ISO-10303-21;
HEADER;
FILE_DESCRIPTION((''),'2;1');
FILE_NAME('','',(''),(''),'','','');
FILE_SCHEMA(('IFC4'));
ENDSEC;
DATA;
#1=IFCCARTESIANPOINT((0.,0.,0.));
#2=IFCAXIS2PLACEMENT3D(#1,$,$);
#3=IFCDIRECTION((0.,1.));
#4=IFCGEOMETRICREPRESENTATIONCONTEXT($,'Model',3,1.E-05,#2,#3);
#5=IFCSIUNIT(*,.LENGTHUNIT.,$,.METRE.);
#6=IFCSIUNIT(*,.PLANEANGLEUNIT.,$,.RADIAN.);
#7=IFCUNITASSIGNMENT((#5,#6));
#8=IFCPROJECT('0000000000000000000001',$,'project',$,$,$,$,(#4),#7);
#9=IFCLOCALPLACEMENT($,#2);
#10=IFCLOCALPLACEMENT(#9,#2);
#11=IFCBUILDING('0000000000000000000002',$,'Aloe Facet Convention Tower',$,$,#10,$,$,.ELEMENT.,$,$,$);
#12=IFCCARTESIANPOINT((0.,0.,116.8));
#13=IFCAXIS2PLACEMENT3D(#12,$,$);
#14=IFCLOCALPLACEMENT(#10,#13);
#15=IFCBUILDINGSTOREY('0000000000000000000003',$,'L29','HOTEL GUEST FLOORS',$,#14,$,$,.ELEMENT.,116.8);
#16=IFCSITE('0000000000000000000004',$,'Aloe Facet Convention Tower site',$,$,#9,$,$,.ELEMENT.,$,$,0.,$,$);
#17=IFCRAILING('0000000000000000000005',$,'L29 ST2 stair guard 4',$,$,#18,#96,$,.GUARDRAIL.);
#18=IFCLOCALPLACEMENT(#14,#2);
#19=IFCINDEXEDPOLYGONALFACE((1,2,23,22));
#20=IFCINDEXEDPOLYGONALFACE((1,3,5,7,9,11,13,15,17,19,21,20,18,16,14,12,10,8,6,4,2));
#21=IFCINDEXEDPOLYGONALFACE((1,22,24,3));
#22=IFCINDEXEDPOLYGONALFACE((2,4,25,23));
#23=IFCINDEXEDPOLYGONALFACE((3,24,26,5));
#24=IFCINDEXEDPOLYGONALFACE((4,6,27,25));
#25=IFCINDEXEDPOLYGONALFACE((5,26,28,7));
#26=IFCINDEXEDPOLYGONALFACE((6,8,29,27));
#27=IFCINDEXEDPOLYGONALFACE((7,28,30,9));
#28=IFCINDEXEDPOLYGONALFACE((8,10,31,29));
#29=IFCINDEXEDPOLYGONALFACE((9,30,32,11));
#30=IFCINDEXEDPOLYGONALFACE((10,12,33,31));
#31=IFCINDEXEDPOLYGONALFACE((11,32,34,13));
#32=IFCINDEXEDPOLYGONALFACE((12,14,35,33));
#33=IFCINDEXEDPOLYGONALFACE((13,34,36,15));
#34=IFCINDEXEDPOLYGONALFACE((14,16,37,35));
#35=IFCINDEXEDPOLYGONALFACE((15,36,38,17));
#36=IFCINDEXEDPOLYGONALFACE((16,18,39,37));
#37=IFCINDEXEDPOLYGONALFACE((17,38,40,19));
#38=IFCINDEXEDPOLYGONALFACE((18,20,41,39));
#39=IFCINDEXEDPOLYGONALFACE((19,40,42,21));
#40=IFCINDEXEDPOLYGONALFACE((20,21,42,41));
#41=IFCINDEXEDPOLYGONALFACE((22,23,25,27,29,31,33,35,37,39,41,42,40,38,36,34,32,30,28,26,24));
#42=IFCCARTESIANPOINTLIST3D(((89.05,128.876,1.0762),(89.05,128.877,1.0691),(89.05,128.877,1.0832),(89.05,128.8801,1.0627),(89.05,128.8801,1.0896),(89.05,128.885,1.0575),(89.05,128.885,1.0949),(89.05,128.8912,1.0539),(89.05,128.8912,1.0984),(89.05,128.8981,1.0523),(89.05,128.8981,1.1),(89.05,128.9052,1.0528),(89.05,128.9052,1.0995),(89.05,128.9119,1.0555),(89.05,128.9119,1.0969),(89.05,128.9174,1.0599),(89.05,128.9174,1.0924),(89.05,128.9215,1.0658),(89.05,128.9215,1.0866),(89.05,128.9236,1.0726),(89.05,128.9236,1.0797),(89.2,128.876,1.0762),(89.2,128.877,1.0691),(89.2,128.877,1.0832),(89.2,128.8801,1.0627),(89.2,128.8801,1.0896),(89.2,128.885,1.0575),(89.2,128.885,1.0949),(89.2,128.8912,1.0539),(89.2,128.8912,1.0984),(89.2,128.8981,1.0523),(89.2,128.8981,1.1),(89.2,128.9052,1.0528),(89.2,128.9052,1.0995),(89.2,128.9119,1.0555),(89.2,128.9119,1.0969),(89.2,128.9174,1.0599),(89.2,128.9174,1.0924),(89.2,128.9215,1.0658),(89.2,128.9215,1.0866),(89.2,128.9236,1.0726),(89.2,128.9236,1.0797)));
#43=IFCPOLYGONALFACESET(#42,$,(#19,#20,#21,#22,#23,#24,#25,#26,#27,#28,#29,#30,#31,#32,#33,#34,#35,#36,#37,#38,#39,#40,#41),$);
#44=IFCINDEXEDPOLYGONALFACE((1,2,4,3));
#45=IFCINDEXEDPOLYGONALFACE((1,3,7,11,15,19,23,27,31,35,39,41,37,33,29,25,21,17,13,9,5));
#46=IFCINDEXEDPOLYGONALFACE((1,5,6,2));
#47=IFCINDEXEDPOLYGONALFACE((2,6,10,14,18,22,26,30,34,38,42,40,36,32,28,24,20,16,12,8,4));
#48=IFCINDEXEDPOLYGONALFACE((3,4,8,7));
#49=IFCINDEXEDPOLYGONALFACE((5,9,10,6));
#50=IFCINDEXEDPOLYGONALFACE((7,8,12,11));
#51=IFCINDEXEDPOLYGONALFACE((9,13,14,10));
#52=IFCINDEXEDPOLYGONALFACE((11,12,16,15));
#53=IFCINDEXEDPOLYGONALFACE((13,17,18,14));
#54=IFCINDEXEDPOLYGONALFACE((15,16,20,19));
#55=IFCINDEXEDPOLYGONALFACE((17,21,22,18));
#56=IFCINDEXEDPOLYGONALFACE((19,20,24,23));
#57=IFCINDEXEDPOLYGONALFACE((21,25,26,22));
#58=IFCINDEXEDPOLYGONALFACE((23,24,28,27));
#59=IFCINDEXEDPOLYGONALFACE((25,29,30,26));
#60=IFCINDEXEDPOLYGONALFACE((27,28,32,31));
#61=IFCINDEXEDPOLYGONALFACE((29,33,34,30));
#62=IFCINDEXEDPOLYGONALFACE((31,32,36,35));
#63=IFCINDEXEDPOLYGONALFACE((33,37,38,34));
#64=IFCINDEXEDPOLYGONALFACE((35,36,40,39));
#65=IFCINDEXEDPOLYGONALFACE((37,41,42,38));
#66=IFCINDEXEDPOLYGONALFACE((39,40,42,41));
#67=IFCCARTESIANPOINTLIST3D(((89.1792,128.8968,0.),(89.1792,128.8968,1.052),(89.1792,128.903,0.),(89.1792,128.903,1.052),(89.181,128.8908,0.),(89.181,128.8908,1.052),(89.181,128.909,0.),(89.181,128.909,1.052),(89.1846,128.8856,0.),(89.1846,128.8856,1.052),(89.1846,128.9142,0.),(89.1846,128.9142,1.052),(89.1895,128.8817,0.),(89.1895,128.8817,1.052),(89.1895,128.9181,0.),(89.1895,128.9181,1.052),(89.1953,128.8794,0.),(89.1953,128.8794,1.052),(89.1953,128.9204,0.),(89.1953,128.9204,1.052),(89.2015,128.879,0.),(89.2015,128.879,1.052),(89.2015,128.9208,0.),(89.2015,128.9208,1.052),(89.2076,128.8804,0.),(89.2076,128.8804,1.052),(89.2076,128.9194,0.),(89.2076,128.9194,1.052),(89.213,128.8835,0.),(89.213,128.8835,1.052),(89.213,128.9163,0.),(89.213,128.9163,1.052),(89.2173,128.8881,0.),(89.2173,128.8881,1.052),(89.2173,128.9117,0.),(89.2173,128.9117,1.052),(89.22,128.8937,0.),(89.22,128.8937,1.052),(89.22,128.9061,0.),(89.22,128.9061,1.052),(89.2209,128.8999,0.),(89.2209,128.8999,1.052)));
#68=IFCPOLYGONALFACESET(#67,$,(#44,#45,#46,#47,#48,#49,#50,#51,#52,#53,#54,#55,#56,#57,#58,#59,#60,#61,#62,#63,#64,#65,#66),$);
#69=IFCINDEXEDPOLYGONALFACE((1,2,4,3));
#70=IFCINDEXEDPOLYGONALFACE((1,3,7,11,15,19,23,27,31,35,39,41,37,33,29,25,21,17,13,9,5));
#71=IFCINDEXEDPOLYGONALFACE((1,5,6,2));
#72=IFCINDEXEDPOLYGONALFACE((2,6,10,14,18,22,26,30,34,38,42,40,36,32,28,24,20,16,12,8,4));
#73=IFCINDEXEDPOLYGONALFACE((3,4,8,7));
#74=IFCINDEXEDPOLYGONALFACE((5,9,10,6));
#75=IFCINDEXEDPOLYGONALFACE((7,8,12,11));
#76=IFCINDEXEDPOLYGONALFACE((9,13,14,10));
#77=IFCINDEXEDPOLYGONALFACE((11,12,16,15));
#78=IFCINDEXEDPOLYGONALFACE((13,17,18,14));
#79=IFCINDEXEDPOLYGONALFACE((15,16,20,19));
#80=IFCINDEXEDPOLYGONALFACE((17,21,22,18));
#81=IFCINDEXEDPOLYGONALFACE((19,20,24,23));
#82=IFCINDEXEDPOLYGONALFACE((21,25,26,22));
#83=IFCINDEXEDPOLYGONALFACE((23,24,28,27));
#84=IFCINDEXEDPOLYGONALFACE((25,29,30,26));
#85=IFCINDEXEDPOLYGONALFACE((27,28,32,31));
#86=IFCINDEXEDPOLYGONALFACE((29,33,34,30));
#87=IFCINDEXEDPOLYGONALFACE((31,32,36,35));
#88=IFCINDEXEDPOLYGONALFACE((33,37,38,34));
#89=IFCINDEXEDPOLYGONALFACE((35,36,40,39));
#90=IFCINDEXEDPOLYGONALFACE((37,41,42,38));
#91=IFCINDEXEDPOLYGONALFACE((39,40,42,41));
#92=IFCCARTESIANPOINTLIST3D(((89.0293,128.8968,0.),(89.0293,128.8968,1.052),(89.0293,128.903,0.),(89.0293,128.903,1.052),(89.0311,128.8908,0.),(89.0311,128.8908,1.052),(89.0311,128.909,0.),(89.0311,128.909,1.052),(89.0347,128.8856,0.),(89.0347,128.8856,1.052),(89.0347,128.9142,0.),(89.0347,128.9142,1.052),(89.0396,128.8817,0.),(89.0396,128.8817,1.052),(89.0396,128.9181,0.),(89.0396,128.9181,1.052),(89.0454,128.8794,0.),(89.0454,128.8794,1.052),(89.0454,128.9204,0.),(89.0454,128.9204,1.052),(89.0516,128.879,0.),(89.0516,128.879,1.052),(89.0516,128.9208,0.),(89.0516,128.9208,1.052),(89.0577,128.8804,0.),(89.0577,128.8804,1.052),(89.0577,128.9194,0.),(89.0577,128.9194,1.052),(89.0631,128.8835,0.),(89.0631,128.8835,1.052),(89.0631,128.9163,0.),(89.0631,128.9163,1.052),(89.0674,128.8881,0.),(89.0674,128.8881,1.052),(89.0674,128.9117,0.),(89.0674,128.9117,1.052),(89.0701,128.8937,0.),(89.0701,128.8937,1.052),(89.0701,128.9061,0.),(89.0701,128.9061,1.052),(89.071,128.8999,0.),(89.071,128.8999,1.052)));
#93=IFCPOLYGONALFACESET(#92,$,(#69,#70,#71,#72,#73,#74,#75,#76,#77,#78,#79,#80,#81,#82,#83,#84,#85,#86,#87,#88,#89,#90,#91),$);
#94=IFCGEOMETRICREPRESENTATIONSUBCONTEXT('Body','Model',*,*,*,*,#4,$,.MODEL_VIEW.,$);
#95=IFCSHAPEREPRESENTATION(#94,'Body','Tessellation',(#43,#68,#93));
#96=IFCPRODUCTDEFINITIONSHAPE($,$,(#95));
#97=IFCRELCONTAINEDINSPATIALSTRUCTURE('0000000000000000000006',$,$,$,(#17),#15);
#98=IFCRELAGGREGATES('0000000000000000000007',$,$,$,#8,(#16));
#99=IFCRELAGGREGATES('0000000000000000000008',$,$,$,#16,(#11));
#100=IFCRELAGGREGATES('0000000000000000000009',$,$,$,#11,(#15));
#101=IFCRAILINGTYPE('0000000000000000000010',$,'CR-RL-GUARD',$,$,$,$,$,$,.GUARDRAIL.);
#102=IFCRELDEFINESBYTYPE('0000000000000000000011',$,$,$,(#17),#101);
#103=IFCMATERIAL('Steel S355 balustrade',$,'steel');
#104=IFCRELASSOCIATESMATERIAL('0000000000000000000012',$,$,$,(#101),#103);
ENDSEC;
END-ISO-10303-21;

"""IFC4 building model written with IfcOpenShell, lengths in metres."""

from ifc_helpers import new_model, si_unit, direction, frame, origin, origin_2d, place, context, subcontext, project, spatial, circle, extrude, material, type_object, element, save


model = new_model("IFC4")

# Units and contexts
model_context = context("Model", 3, precision=1e-05, world=origin(), true_north=direction((0.0, 1.0)))
body_context = subcontext(model_context, "Body", "Model", "MODEL_VIEW")
ifc_project = project(units=[si_unit("LENGTHUNIT", "METRE"), si_unit("PLANEANGLEUNIT", "RADIAN")], contexts=[model_context])

# Site, building, storey
site_placement = place(None, origin())
site = spatial("IfcSite", under=ifc_project, at=site_placement, Name="Aloe Facet Convention Tower site", CompositionType="ELEMENT", RefElevation=0.0)
building_placement = place(site_placement, origin())
building = spatial("IfcBuilding", under=site, at=building_placement, Name="Aloe Facet Convention Tower", CompositionType="ELEMENT")
storey_placement = place(building_placement, frame((0.0, 0.0, 116.8)))
storey = spatial("IfcBuildingStorey", under=building, at=storey_placement, Name="L29", Description="HOTEL GUEST FLOORS", CompositionType="ELEMENT", Elevation=116.8)

# Railing
ifc_material_1 = material(Name="Steel S355 balustrade", Category="steel")
railing_type_1 = type_object("IfcRailingType", Name="CR-RL-GUARD", PredefinedType="GUARDRAIL", material=ifc_material_1)
railing_1_placement = place(storey_placement, frame((89.2, 128.8999, 0.0)))
element("IfcRailing", 1, at=railing_1_placement, inside=storey, type_object=railing_type_1, Name="L29 ST2 stair guard 4", PredefinedType="GUARDRAIL", context=body_context, shape_type="SweptSolid", body=[
    extrude(circle(Radius=0.0239, at=origin_2d()), frame((0.0, 0.0, 1.0762), z_axis=(-1.0, 0.0, 0.0), x_axis=(0.0, -1.0, 0.0)), (0.0, 0.0, 1.0), 0.1499),
    extrude(circle(Radius=0.021, at=origin_2d()), origin(), (0.0, 0.0, 1.0), 1.052),
    extrude(circle(Radius=0.021, at=origin_2d()), frame((-0.1499, 0.0, 0.0)), (0.0, 0.0, 1.0), 1.052),
])

save(model, "model.ifc")
